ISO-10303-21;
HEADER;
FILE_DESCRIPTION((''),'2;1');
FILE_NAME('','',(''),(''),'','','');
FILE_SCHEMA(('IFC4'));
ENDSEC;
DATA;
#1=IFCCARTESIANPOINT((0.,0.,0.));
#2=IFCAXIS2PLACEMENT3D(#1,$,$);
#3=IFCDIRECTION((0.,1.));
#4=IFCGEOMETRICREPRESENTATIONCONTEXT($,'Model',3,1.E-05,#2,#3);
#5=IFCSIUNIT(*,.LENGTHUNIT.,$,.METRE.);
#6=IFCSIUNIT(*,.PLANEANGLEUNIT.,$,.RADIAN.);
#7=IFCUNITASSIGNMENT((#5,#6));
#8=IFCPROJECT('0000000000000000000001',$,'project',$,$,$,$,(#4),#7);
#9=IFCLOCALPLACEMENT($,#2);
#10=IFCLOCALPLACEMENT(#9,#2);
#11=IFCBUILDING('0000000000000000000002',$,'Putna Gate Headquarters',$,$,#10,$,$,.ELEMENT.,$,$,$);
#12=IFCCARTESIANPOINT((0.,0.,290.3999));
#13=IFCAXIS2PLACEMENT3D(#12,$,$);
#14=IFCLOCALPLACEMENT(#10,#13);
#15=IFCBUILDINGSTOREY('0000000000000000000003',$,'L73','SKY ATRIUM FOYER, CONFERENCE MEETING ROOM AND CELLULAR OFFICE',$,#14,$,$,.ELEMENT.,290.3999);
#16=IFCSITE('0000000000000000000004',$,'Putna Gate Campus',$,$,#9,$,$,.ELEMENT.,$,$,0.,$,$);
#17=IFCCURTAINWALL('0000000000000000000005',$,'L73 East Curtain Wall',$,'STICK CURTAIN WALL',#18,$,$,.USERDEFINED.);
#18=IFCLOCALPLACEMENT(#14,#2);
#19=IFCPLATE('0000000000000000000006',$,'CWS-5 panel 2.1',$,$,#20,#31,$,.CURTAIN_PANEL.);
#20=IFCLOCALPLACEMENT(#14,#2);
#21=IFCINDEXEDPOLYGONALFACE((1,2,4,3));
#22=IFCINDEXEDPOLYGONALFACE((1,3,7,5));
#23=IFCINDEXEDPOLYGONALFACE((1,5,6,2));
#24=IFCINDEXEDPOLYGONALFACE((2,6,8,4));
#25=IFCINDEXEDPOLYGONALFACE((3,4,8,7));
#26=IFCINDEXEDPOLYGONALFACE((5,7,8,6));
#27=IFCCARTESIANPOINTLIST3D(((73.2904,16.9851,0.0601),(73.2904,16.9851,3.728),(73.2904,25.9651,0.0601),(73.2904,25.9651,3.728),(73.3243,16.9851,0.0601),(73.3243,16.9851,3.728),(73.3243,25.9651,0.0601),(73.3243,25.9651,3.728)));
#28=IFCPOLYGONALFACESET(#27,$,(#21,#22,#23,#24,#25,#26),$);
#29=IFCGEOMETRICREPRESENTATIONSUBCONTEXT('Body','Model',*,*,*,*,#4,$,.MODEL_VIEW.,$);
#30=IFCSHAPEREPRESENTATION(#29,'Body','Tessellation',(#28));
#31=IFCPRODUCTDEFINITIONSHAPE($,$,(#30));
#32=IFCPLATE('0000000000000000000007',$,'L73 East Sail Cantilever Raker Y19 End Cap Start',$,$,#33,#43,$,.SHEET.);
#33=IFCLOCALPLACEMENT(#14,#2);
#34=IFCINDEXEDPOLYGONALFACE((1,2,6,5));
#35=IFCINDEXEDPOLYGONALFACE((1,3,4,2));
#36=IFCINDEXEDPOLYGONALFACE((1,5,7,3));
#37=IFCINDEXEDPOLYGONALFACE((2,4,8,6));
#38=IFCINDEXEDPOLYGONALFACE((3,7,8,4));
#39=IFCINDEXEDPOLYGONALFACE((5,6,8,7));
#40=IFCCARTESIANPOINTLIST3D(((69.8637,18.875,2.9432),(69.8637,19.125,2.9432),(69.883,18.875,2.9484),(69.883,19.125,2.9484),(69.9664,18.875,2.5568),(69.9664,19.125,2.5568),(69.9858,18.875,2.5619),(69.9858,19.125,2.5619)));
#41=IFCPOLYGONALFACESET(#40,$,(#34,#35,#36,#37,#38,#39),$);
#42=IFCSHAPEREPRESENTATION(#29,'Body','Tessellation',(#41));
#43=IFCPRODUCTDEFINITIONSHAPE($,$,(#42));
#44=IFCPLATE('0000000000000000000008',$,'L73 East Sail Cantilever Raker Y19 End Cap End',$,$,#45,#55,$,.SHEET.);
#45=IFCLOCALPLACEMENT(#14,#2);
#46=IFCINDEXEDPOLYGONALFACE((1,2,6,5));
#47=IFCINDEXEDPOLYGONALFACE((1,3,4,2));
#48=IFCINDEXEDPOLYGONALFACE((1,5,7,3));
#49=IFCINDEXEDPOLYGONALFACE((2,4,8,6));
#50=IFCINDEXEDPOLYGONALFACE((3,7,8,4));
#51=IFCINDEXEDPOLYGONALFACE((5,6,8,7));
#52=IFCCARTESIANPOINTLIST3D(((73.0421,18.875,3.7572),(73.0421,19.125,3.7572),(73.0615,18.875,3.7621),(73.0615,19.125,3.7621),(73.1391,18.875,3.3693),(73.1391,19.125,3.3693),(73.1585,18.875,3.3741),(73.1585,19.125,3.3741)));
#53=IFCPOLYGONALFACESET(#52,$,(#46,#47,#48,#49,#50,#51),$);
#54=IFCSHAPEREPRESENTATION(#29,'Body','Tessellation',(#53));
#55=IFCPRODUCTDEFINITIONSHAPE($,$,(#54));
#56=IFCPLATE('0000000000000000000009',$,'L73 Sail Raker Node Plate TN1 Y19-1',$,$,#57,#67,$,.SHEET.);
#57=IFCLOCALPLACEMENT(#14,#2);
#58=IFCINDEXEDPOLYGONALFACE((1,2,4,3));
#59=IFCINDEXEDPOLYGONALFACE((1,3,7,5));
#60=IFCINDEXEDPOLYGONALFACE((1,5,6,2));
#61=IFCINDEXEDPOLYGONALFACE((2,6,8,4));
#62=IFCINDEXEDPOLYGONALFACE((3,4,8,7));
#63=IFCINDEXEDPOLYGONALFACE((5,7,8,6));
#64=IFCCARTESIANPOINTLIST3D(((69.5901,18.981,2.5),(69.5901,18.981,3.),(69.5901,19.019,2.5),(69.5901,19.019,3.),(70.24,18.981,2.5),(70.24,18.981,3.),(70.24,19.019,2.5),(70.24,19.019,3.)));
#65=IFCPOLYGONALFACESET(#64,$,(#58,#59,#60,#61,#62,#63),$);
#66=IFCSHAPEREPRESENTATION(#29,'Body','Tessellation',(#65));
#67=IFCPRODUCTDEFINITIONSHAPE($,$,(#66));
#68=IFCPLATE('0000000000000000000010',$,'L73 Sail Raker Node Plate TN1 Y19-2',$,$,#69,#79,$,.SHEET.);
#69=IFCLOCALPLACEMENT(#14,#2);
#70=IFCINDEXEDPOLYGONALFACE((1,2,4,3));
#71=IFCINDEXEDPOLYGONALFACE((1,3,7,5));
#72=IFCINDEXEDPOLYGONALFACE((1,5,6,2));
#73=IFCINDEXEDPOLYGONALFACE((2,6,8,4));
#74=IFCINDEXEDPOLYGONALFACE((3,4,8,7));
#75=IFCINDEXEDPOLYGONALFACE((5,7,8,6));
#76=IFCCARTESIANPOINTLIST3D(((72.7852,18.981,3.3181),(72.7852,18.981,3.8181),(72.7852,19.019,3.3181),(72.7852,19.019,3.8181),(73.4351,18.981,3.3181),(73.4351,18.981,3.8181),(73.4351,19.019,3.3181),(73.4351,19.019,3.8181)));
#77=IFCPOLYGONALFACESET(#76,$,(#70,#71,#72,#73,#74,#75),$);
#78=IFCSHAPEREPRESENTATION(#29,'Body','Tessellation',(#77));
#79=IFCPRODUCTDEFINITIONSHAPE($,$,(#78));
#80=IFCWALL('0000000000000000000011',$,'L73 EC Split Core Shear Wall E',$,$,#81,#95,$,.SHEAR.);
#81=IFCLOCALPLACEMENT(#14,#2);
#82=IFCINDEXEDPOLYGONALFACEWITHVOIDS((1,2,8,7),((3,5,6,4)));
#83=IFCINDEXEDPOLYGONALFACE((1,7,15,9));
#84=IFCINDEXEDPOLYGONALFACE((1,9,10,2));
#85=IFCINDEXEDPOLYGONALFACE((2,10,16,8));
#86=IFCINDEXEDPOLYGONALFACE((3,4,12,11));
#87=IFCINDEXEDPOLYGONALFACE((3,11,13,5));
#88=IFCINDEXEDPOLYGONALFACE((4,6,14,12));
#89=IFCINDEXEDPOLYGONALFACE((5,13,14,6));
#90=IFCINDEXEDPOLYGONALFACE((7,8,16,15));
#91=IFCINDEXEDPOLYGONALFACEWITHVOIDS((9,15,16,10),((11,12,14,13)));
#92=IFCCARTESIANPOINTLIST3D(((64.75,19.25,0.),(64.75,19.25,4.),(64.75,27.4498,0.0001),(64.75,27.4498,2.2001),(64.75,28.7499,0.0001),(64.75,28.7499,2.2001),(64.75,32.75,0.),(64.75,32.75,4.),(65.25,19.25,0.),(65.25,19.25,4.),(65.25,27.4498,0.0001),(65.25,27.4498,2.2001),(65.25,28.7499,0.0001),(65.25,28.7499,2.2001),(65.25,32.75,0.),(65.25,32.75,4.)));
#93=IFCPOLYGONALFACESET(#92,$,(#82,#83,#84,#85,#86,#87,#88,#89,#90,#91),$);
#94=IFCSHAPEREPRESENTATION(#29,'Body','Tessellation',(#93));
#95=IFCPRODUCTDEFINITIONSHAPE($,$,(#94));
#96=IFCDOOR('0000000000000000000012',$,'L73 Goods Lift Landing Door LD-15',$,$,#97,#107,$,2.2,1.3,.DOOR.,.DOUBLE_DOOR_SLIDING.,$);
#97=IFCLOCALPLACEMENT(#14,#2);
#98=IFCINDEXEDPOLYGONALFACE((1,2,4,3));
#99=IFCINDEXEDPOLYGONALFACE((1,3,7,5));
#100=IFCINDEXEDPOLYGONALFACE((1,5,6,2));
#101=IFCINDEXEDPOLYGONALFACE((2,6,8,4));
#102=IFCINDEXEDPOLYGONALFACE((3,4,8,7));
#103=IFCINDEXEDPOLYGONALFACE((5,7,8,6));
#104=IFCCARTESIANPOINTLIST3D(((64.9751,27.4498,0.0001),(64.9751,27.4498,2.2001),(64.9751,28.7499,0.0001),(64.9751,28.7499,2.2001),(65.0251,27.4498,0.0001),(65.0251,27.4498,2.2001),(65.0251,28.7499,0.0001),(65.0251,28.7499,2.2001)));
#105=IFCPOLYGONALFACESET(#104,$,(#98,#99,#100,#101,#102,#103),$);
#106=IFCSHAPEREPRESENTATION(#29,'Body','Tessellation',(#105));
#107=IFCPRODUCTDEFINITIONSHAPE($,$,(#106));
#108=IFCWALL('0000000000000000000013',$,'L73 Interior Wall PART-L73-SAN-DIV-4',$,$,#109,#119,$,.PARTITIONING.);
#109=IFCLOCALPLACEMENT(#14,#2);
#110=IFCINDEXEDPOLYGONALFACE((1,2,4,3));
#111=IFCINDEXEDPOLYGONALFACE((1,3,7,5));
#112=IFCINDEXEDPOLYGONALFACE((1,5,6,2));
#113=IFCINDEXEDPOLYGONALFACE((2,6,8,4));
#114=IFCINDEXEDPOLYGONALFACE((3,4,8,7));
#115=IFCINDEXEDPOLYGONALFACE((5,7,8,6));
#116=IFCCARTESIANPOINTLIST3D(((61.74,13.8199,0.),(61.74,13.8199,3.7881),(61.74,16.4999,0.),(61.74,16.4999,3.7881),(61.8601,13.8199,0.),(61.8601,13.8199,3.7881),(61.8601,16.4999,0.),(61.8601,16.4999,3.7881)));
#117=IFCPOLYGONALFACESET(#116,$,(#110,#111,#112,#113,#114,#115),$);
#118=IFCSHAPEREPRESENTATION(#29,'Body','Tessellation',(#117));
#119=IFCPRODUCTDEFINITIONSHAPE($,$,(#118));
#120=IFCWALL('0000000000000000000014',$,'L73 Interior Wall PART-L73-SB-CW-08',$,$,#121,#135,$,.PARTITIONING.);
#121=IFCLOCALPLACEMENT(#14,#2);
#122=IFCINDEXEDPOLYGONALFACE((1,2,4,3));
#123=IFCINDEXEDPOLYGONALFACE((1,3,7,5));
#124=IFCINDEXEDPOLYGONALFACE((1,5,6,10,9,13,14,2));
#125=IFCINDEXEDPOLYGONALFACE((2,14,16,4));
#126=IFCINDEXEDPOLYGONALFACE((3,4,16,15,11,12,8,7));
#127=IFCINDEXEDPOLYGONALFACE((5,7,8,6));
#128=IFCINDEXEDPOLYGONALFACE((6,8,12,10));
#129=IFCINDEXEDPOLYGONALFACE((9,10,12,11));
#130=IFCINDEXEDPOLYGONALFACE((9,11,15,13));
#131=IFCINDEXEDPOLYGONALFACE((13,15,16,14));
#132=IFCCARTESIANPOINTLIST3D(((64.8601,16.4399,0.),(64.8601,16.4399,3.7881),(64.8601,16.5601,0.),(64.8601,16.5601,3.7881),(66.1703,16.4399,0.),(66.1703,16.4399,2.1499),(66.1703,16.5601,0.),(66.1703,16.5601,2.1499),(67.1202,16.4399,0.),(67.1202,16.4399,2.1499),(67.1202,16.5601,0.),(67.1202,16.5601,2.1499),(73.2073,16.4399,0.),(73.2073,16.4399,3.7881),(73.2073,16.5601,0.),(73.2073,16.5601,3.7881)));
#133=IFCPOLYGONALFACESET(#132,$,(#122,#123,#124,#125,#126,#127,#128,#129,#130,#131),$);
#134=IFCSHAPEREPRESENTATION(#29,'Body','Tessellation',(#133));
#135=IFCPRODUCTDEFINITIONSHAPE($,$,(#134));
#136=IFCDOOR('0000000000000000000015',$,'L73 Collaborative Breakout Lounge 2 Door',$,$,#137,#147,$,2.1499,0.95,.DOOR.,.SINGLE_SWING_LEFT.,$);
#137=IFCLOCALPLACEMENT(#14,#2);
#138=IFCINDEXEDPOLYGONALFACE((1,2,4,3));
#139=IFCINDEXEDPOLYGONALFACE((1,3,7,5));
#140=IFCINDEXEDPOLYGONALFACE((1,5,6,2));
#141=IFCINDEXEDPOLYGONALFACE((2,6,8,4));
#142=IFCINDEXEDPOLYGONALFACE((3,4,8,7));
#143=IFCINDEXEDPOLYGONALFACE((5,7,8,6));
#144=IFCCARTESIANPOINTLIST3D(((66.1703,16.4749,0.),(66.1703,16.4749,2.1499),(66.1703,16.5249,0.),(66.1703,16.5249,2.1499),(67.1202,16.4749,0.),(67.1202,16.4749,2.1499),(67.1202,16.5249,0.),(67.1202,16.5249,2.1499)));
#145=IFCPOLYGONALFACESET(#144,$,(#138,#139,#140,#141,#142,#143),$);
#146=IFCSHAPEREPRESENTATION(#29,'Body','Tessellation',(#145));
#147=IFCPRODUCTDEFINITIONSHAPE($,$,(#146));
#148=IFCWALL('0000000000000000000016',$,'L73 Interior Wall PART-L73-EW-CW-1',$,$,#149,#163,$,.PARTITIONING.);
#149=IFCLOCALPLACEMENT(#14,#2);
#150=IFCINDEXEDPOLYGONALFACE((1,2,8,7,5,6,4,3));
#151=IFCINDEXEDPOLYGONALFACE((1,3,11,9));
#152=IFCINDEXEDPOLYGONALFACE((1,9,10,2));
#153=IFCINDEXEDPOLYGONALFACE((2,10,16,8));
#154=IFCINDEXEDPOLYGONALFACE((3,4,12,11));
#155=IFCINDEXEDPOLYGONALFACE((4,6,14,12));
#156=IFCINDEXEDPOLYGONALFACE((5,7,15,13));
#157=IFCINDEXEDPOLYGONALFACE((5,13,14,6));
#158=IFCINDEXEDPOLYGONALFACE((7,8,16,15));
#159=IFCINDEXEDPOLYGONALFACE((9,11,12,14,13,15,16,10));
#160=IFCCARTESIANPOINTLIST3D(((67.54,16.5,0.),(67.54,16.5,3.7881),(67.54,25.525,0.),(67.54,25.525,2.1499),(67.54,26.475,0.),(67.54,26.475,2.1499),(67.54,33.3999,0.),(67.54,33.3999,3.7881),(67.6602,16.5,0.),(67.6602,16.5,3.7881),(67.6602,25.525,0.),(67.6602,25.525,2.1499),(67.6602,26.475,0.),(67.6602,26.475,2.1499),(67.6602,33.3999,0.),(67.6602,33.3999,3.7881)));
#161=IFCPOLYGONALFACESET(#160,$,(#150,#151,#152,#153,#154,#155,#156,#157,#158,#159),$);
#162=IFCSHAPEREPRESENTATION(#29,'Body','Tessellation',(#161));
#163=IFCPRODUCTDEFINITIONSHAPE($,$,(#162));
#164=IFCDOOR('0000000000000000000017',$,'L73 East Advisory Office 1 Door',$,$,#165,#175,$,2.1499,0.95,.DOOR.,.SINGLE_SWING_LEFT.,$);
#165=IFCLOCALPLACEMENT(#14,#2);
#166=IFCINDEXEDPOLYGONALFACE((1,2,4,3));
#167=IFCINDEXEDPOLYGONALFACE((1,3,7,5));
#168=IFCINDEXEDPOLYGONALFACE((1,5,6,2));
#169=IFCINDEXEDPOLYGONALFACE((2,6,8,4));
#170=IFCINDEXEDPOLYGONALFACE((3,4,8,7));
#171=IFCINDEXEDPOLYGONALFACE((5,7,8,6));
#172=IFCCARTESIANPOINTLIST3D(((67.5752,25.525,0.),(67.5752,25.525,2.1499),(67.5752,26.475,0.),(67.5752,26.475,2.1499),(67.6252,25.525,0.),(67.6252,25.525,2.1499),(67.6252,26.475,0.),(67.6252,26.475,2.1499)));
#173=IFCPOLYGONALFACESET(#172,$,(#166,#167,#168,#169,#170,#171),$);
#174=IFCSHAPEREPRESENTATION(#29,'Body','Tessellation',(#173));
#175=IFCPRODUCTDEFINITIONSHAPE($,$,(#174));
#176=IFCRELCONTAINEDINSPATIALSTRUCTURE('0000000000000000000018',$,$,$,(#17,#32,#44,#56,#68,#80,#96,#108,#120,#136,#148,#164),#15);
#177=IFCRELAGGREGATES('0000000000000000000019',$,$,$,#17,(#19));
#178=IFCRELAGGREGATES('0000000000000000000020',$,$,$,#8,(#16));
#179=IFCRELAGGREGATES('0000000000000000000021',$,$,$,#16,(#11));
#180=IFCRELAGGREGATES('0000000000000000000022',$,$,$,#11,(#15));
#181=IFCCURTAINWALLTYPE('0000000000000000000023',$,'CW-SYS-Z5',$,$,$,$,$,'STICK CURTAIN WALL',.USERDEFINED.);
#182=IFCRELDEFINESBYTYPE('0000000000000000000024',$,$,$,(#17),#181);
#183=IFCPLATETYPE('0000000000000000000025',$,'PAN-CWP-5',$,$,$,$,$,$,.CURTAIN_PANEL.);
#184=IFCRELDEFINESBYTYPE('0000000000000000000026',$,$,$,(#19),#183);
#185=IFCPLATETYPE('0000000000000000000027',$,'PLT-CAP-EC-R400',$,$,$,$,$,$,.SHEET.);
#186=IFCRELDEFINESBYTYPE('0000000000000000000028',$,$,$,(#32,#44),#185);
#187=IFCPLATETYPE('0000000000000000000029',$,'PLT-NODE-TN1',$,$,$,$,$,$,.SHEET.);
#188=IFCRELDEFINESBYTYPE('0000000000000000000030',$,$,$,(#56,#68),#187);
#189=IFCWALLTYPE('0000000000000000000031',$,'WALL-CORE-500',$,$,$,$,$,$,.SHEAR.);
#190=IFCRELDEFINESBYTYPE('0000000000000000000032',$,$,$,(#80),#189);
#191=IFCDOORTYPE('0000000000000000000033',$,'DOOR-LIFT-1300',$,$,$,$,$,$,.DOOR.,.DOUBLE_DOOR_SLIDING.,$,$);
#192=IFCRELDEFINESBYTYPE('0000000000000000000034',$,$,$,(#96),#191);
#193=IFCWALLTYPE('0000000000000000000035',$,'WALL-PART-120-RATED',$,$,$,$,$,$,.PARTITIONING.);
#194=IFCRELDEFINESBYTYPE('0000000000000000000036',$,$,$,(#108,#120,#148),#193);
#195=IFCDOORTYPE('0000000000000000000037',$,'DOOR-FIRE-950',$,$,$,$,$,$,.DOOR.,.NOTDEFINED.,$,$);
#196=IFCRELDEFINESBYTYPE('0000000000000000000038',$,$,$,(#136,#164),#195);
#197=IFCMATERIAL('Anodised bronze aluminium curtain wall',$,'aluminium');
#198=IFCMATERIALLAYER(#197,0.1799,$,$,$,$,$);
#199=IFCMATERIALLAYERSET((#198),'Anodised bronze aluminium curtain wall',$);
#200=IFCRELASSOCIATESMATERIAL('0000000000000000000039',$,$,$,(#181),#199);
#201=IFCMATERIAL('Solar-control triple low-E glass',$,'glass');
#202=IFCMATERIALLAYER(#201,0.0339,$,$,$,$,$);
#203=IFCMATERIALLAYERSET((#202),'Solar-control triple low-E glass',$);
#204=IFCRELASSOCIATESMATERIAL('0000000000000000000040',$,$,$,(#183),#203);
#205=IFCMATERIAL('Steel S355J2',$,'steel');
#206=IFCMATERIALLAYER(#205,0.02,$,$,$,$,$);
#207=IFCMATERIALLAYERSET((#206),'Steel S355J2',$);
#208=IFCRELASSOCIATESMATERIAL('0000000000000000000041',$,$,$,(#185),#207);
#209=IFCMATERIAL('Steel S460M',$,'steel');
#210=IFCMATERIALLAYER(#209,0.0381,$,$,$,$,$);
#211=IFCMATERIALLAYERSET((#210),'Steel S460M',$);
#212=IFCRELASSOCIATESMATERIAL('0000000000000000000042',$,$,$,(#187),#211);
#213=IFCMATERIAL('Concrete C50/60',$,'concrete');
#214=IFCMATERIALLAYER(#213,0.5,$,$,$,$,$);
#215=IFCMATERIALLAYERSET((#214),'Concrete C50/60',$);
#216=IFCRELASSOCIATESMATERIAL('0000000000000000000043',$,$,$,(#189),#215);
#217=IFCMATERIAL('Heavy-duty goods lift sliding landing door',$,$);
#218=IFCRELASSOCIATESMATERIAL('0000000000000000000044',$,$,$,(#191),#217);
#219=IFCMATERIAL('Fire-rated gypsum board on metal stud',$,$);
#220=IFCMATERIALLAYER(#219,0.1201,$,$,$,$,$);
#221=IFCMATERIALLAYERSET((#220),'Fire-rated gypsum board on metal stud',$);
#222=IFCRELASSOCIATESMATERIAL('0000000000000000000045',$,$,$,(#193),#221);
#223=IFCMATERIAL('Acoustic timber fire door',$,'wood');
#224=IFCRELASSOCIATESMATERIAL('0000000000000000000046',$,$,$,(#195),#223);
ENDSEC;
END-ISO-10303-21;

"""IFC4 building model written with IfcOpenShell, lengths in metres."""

from ifc_helpers import new_model, si_unit, direction, frame, frame_2d, origin, origin_2d, place, context, subcontext, project, spatial, rectangle, extrude, material, layer, layer_set, type_object, element, fill, aggregate, save


model = new_model("IFC4")

# Units and contexts
model_context = context("Model", 3, precision=1e-05, world=origin(), true_north=direction((0.0, 1.0)))
body_context = subcontext(model_context, "Body", "Model", "MODEL_VIEW")
ifc_project = project(units=[si_unit("LENGTHUNIT", "METRE"), si_unit("PLANEANGLEUNIT", "RADIAN")], contexts=[model_context])

# Site, building, storey
site_placement = place(None, origin())
site = spatial("IfcSite", under=ifc_project, at=site_placement, Name="Putna Gate Campus", CompositionType="ELEMENT", RefElevation=0.0)
building_placement = place(site_placement, origin())
building = spatial("IfcBuilding", under=site, at=building_placement, Name="Putna Gate Headquarters", CompositionType="ELEMENT")
storey_placement = place(building_placement, frame((0.0, 0.0, 290.3999)))
storey = spatial("IfcBuildingStorey", under=building, at=storey_placement, Name="L73", Description="SKY ATRIUM FOYER, CONFERENCE MEETING ROOM AND CELLULAR OFFICE", CompositionType="ELEMENT", Elevation=290.3999)

# Shared definitions
ifc_material_1 = material(Name="Steel S460M", Category="steel")

# Shared definitions
ifc_material_2 = material(Name="Steel S355J2", Category="steel")

# Curtain wall, plate
ifc_material_3 = material(Name="Anodised bronze aluminium curtain wall", Category="aluminium")
ifc_layer_1 = layer(ifc_material_3, 0.1799)
ifc_layer_set_1 = layer_set([ifc_layer_1], Name="Anodised bronze aluminium curtain wall")
curtain_wall_type = type_object("IfcCurtainWallType", Name="CW-SYS-Z5", ElementType="STICK CURTAIN WALL", PredefinedType="USERDEFINED", material=ifc_layer_set_1)
curtain_wall_placement = place(storey_placement, origin())
curtain_wall = element("IfcCurtainWall", 1, at=curtain_wall_placement, inside=storey, type_object=curtain_wall_type, Name="L73 East Curtain Wall", ObjectType="STICK CURTAIN WALL", PredefinedType="USERDEFINED")
ifc_material_4 = material(Name="Solar-control triple low-E glass", Category="glass")
ifc_layer_2 = layer(ifc_material_4, 0.0339)
ifc_layer_set_2 = layer_set([ifc_layer_2], Name="Solar-control triple low-E glass")
plate_type_1 = type_object("IfcPlateType", Name="PAN-CWP-5", PredefinedType="CURTAIN_PANEL", material=ifc_layer_set_2)
plate_placement = place(storey_placement, frame((73.3074, 21.4751, 0.0601), z_axis=(0.0, 0.0, 1.0), x_axis=(0.0, 1.0, 0.0)))
plate = element("IfcPlate", 2, at=plate_placement, type_object=plate_type_1, Name="CWS-5 panel 2.1", PredefinedType="CURTAIN_PANEL", context=body_context, shape_type="SweptSolid", body=[
    extrude(rectangle(XDim=8.98, YDim=0.0339, at=origin_2d()), origin(), (0.0, 0.0, 1.0), 3.668),
])
aggregate(curtain_wall, [plate])

# Plates
ifc_layer_3 = layer(ifc_material_2, 0.02)
ifc_layer_set_3 = layer_set([ifc_layer_3], Name="Steel S355J2")
plate_type_2 = type_object("IfcPlateType", Name="PLT-CAP-EC-R400", PredefinedType="SHEET", material=ifc_layer_set_3)
for number, where, z_axis, x_axis, name in (
    (3, (69.915, 19.0, 2.75), (0.966438, 0.0, 0.256901), (0.0, 1.0, 0.0), "L73 East Sail Cantilever Raker Y19 End Cap Start"),
    (4, (73.0906, 19.0, 3.5632), (0.970143, 0.0, 0.242536), (0.0, 1.0, 0.0), "L73 East Sail Cantilever Raker Y19 End Cap End"),
):
    element("IfcPlate", number, at=place(storey_placement, frame(where, z_axis=z_axis, x_axis=x_axis)), inside=storey, type_object=plate_type_2, Name=name, PredefinedType="SHEET", context=body_context, shape_type="SweptSolid", body=[
        extrude(rectangle(XDim=0.25, YDim=0.3999, at=origin_2d()), origin(), (0.0, 0.0, 1.0), 0.02),
    ])
ifc_layer_4 = layer(ifc_material_1, 0.0381)
ifc_layer_set_4 = layer_set([ifc_layer_4], Name="Steel S460M")
plate_type_3 = type_object("IfcPlateType", Name="PLT-NODE-TN1", PredefinedType="SHEET", material=ifc_layer_set_4)
for number, where, z_axis, x_axis, name in (
    (5, (69.915, 19.0, 2.5), (0.0, 0.0, 1.0), (1.0, 0.0, 0.0), "L73 Sail Raker Node Plate TN1 Y19-1"),
    (6, (73.1101, 19.0, 3.3181), (0.0, 0.0, 1.0), (1.0, 0.0, 0.0), "L73 Sail Raker Node Plate TN1 Y19-2"),
):
    element("IfcPlate", number, at=place(storey_placement, frame(where, z_axis=z_axis, x_axis=x_axis)), inside=storey, type_object=plate_type_3, Name=name, PredefinedType="SHEET", context=body_context, shape_type="SweptSolid", body=[
        extrude(rectangle(XDim=0.6499, YDim=0.0381, at=origin_2d()), origin(), (0.0, 0.0, 1.0), 0.5),
    ])

# Wall, opening, door
ifc_material_5 = material(Name="Concrete C50/60", Category="concrete")
ifc_layer_5 = layer(ifc_material_5, 0.5)
ifc_layer_set_5 = layer_set([ifc_layer_5], Name="Concrete C50/60")
wall_type_1 = type_object("IfcWallType", Name="WALL-CORE-500", PredefinedType="SHEAR", material=ifc_layer_set_5)
wall_1_placement = place(storey_placement, frame((65.0, 19.25, 0.0), z_axis=(0.0, 0.0, 1.0), x_axis=(0.0, 1.0, 0.0)))
wall_1 = element("IfcWall", 7, at=wall_1_placement, inside=storey, type_object=wall_type_1, Name="L73 EC Split Core Shear Wall E", PredefinedType="SHEAR", context=body_context, shape_type="SweptSolid", body=[
    extrude(rectangle(XDim=13.5, YDim=0.5, at=frame_2d((6.75, 0.0))), origin(), (0.0, 0.0, 1.0), 4.0),
])
opening_1_placement = place(wall_1_placement, frame((8.2, 0.0, 0.0)))
opening_1 = element("IfcOpeningElement", 8, at=opening_1_placement, cuts=wall_1, PredefinedType="OPENING", context=body_context, shape_type="SweptSolid", body=[
    extrude(rectangle(XDim=1.3, YDim=2.2, at=frame_2d((0.6499, 1.1001))), frame((0.0, 0.26, 0.0), z_axis=(0.0, -1.0, 0.0), x_axis=(1.0, 0.0, 0.0)), (0.0, 0.0, 1.0), 0.52),
])
ifc_material_6 = material(Name="Heavy-duty goods lift sliding landing door")
door_type_1 = type_object("IfcDoorType", Name="DOOR-LIFT-1300", OperationType="DOUBLE_DOOR_SLIDING", PredefinedType="DOOR", material=ifc_material_6)
door_1_placement = place(opening_1_placement, origin())
door_1 = element("IfcDoor", 9, at=door_1_placement, inside=storey, type_object=door_type_1, Name="L73 Goods Lift Landing Door LD-15", OperationType="DOUBLE_DOOR_SLIDING", OverallHeight=2.2, OverallWidth=1.3, PredefinedType="DOOR", context=body_context, shape_type="SweptSolid", body=[
    extrude(rectangle(XDim=1.3, YDim=2.2, at=frame_2d((0.6499, 1.1001))), frame((0.0, 0.0249, 0.0), z_axis=(0.0, -1.0, 0.0), x_axis=(1.0, 0.0, 0.0)), (0.0, 0.0, 1.0), 0.05),
])
fill(opening_1, door_1)

# Wall
ifc_material_7 = material(Name="Fire-rated gypsum board on metal stud")
ifc_layer_6 = layer(ifc_material_7, 0.1201)
ifc_layer_set_6 = layer_set([ifc_layer_6], Name="Fire-rated gypsum board on metal stud")
wall_type_2 = type_object("IfcWallType", Name="WALL-PART-120-RATED", PredefinedType="PARTITIONING", material=ifc_layer_set_6)
wall_2_placement = place(storey_placement, frame((61.8, 13.8201, 0.0), z_axis=(0.0, 0.0, 1.0), x_axis=(0.0, 1.0, 0.0)))
element("IfcWall", 10, at=wall_2_placement, inside=storey, type_object=wall_type_2, Name="L73 Interior Wall PART-L73-SAN-DIV-4", PredefinedType="PARTITIONING", context=body_context, shape_type="SweptSolid", body=[
    extrude(rectangle(XDim=2.6799, YDim=0.1201, at=frame_2d((1.3398, 0.0))), origin(), (0.0, 0.0, 1.0), 3.7881),
])

# Walls, openings, doors
wall_3_placement = place(storey_placement, frame((64.8601, 16.5, 0.0), z_axis=(0.0, 0.0, 1.0), x_axis=(1.0, 0.0, 0.0)))
wall_3 = element("IfcWall", 11, at=wall_3_placement, inside=storey, type_object=wall_type_2, Name="L73 Interior Wall PART-L73-SB-CW-08", PredefinedType="PARTITIONING", context=body_context, shape_type="SweptSolid", body=[
    extrude(rectangle(XDim=8.3472, YDim=0.1201, at=frame_2d((4.1736, 0.0))), origin(), (0.0, 0.0, 1.0), 3.7881),
])
opening_2_placement = place(wall_3_placement, frame((1.3101, 0.0, 0.0)))
opening_2 = element("IfcOpeningElement", 12, at=opening_2_placement, cuts=wall_3, PredefinedType="OPENING", context=body_context, shape_type="SweptSolid", body=[
    extrude(rectangle(XDim=0.95, YDim=2.1499, at=frame_2d((0.4751, 1.075))), frame((0.0, 0.0701, 0.0), z_axis=(0.0, -1.0, 0.0), x_axis=(1.0, 0.0, 0.0)), (0.0, 0.0, 1.0), 0.1401),
])
ifc_material_8 = material(Name="Acoustic timber fire door", Category="wood")
door_type_2 = type_object("IfcDoorType", Name="DOOR-FIRE-950", OperationType="NOTDEFINED", PredefinedType="DOOR", material=ifc_material_8)
door_2_placement = place(opening_2_placement, origin())
door_2 = element("IfcDoor", 13, at=door_2_placement, inside=storey, type_object=door_type_2, Name="L73 Collaborative Breakout Lounge 2 Door", OperationType="SINGLE_SWING_LEFT", OverallHeight=2.1499, OverallWidth=0.95, PredefinedType="DOOR", context=body_context, shape_type="SweptSolid", body=[
    extrude(rectangle(XDim=0.95, YDim=2.1499, at=frame_2d((0.4751, 1.075))), frame((0.0, 0.0249, 0.0), z_axis=(0.0, -1.0, 0.0), x_axis=(1.0, 0.0, 0.0)), (0.0, 0.0, 1.0), 0.05),
])
fill(opening_2, door_2)
wall_4_placement = place(storey_placement, frame((67.6001, 16.5, 0.0), z_axis=(0.0, 0.0, 1.0), x_axis=(0.0, 1.0, 0.0)))
wall_4 = element("IfcWall", 14, at=wall_4_placement, inside=storey, type_object=wall_type_2, Name="L73 Interior Wall PART-L73-EW-CW-1", PredefinedType="PARTITIONING", context=body_context, shape_type="SweptSolid", body=[
    extrude(rectangle(XDim=16.8999, YDim=0.1201, at=frame_2d((8.45, 0.0))), origin(), (0.0, 0.0, 1.0), 3.7881),
])
opening_3_placement = place(wall_4_placement, frame((9.0249, 0.0, 0.0)))
opening_3 = element("IfcOpeningElement", 15, at=opening_3_placement, cuts=wall_4, PredefinedType="OPENING", context=body_context, shape_type="SweptSolid", body=[
    extrude(rectangle(XDim=0.95, YDim=2.1499, at=frame_2d((0.4751, 1.075))), frame((0.0, 0.0701, 0.0), z_axis=(0.0, -1.0, 0.0), x_axis=(1.0, 0.0, 0.0)), (0.0, 0.0, 1.0), 0.1401),
])
door_3_placement = place(opening_3_placement, origin())
door_3 = element("IfcDoor", 16, at=door_3_placement, inside=storey, type_object=door_type_2, Name="L73 East Advisory Office 1 Door", OperationType="SINGLE_SWING_LEFT", OverallHeight=2.1499, OverallWidth=0.95, PredefinedType="DOOR", context=body_context, shape_type="SweptSolid", body=[
    extrude(rectangle(XDim=0.95, YDim=2.1499, at=frame_2d((0.4751, 1.075))), frame((0.0, 0.0249, 0.0), z_axis=(0.0, -1.0, 0.0), x_axis=(1.0, 0.0, 0.0)), (0.0, 0.0, 1.0), 0.05),
])
fill(opening_3, door_3)

save(model, "model.ifc")
